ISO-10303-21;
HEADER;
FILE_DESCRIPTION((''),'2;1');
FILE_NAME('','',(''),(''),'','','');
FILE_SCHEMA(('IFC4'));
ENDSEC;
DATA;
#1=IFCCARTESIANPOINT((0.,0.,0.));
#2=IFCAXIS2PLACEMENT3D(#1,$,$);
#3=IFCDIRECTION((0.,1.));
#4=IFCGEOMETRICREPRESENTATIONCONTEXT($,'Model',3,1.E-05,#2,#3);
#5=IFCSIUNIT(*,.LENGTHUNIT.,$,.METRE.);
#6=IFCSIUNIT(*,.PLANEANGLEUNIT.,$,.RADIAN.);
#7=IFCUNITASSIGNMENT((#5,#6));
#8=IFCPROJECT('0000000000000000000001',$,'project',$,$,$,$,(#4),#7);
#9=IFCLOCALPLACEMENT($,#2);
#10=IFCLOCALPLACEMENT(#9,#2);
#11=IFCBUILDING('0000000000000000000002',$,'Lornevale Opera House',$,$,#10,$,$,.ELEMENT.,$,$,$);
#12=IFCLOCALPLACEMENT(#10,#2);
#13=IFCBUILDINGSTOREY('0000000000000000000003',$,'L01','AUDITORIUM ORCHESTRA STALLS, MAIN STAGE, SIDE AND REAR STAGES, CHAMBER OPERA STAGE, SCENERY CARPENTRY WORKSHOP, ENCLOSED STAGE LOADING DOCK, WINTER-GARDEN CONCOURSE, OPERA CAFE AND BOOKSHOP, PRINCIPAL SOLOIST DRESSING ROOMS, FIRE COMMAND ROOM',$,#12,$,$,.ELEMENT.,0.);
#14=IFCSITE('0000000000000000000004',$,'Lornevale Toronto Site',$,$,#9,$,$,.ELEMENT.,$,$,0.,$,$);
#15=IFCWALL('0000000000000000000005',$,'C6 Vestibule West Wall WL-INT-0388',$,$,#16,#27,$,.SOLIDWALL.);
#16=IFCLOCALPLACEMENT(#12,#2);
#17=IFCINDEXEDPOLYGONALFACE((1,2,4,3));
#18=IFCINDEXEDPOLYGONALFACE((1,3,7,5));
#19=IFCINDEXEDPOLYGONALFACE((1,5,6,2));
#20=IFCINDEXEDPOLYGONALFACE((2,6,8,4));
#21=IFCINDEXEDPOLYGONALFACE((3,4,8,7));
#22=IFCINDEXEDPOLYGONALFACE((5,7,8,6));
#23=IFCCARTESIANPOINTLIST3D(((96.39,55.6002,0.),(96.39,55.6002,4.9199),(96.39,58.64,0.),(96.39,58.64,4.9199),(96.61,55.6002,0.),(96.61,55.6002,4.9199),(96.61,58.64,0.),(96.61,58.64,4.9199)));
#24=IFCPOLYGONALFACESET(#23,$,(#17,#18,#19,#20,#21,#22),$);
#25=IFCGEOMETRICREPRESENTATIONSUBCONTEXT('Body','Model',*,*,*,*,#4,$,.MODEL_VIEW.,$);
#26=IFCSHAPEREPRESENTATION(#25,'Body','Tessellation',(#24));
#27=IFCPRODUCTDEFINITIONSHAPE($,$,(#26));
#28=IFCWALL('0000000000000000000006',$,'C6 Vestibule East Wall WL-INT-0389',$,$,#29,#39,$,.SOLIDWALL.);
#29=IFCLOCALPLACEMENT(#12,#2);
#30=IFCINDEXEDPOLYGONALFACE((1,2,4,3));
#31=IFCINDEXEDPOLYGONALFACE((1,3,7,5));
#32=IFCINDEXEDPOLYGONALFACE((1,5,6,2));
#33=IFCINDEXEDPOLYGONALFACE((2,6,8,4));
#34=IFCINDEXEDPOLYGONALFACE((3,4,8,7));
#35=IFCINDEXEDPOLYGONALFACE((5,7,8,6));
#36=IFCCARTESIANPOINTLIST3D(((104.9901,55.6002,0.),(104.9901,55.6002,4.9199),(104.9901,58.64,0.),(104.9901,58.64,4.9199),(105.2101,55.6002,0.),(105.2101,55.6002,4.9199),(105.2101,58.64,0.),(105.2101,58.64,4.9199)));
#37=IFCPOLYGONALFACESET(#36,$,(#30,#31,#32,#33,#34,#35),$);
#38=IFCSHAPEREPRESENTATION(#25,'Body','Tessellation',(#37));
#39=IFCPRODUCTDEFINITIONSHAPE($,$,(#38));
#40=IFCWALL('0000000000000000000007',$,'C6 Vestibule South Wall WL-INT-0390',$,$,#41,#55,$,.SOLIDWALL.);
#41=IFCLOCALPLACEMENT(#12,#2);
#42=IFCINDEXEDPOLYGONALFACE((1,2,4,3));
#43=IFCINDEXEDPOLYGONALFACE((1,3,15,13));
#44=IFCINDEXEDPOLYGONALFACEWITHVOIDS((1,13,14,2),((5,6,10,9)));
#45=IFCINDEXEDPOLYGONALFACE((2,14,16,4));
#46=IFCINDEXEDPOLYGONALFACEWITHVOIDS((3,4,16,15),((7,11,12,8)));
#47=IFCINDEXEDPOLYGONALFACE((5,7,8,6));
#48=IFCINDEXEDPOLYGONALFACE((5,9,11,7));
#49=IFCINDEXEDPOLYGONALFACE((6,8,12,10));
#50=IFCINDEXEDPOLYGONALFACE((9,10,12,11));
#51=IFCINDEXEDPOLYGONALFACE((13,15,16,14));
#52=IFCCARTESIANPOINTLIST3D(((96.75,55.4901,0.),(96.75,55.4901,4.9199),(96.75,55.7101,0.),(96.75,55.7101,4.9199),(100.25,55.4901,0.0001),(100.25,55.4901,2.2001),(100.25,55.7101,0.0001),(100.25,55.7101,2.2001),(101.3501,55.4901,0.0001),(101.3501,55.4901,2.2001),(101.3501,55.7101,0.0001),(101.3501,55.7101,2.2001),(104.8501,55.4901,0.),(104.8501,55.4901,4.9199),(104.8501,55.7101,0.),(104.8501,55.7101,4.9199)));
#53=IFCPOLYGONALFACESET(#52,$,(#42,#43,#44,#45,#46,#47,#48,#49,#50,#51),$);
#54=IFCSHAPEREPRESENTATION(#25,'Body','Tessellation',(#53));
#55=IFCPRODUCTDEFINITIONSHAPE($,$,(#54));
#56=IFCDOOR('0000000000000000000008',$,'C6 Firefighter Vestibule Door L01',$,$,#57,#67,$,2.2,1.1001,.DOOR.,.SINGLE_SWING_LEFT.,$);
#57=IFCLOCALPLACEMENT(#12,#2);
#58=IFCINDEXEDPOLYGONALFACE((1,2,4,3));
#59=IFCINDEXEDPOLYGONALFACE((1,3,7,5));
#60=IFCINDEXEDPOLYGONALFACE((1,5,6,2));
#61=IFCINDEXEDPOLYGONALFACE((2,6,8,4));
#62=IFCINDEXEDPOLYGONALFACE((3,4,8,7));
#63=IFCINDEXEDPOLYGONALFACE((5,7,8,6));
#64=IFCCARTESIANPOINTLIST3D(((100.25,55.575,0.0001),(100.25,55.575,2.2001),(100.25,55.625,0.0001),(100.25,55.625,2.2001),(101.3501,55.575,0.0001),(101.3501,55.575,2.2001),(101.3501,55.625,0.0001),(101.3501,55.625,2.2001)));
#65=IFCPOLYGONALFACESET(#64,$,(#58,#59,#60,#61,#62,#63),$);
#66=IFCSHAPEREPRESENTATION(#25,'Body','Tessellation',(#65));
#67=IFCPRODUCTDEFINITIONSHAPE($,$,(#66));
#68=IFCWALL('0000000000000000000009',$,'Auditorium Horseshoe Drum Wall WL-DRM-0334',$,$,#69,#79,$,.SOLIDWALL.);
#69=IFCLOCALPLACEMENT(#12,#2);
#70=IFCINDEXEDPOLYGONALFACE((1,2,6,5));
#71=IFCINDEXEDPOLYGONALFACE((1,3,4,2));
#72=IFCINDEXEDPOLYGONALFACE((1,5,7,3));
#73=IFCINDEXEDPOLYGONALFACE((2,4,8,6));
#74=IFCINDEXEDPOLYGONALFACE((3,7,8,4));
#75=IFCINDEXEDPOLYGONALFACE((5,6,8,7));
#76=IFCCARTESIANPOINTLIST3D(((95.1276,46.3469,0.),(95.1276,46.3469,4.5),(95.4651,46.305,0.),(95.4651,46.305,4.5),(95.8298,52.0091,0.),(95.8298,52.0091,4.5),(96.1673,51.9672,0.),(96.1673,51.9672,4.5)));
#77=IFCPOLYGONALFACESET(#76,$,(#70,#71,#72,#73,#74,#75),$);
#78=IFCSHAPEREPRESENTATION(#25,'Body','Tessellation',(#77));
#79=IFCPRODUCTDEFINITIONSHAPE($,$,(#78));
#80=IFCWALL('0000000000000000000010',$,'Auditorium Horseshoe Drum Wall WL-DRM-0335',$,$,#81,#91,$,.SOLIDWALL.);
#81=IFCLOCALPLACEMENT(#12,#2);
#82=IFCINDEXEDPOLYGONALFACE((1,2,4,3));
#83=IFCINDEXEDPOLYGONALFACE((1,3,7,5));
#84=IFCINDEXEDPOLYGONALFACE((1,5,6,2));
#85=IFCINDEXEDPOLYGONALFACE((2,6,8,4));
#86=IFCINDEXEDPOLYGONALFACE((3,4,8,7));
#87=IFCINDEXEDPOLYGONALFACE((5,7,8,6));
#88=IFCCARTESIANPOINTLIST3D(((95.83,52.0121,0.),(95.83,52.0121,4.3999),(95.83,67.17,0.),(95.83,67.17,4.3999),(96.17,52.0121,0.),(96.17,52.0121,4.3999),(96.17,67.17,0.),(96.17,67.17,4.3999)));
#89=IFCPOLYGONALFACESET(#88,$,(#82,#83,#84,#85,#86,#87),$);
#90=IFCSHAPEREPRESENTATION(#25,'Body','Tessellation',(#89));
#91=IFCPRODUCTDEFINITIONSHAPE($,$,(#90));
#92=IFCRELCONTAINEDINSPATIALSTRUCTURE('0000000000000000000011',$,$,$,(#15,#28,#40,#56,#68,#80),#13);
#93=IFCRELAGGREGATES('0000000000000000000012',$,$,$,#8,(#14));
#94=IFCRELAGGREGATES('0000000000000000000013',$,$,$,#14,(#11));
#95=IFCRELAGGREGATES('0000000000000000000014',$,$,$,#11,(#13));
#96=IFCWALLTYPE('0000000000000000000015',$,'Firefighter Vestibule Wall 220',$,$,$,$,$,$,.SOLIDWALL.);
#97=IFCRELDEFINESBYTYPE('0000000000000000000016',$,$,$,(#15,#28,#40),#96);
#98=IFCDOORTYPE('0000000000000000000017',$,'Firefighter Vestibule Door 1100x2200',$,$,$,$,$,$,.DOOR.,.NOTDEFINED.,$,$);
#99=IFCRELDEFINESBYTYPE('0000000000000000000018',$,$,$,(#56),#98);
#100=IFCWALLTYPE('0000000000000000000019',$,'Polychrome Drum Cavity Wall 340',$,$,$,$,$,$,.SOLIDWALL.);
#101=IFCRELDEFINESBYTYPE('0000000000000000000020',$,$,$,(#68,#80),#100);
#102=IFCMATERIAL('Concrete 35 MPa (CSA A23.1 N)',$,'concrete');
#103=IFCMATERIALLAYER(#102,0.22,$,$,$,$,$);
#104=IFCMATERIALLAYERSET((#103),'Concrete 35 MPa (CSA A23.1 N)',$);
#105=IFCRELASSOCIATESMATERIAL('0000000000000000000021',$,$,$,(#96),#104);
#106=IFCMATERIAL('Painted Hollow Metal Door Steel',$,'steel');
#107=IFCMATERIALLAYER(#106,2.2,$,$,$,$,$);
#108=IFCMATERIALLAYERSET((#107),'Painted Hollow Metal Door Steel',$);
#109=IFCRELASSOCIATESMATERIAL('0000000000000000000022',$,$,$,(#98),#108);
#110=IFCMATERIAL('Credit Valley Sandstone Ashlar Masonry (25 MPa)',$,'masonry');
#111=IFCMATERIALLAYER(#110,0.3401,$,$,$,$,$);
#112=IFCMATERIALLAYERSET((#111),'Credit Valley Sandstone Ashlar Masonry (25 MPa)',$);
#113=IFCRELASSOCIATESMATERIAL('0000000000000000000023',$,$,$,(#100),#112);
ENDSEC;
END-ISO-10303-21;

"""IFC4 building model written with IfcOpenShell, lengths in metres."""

from ifc_helpers import new_model, si_unit, direction, frame, frame_2d, origin, place, context, subcontext, project, spatial, rectangle, extrude, material, layer, layer_set, type_object, element, fill, save


model = new_model("IFC4")

# Units and contexts
model_context = context("Model", 3, precision=1e-05, world=origin(), true_north=direction((0.0, 1.0)))
body_context = subcontext(model_context, "Body", "Model", "MODEL_VIEW")
ifc_project = project(units=[si_unit("LENGTHUNIT", "METRE"), si_unit("PLANEANGLEUNIT", "RADIAN")], contexts=[model_context])

# Site, building, storey
site_placement = place(None, origin())
site = spatial("IfcSite", under=ifc_project, at=site_placement, Name="Lornevale Toronto Site", CompositionType="ELEMENT", RefElevation=0.0)
building_placement = place(site_placement, origin())
building = spatial("IfcBuilding", under=site, at=building_placement, Name="Lornevale Opera House", CompositionType="ELEMENT")
storey_placement = place(building_placement, origin())
storey = spatial("IfcBuildingStorey", under=building, at=storey_placement, Name="L01", Description="AUDITORIUM ORCHESTRA STALLS, MAIN STAGE, SIDE AND REAR STAGES, CHAMBER OPERA STAGE, SCENERY CARPENTRY WORKSHOP, ENCLOSED STAGE LOADING DOCK, WINTER-GARDEN CONCOURSE, OPERA CAFE AND BOOKSHOP, PRINCIPAL SOLOIST DRESSING ROOMS, FIRE COMMAND ROOM", CompositionType="ELEMENT", Elevation=0.0)

# Shared definitions
ifc_material_1 = material(Name="Concrete 35 MPa (CSA A23.1 N)", Category="concrete")

# Walls
ifc_layer_1 = layer(ifc_material_1, 0.22)
ifc_layer_set_1 = layer_set([ifc_layer_1], Name="Concrete 35 MPa (CSA A23.1 N)")
wall_type_1 = type_object("IfcWallType", Name="Firefighter Vestibule Wall 220", PredefinedType="SOLIDWALL", material=ifc_layer_set_1)
for number, where, z_axis, x_axis, name in (
    (1, (96.5, 55.6001, 0.0), (0.0, 0.0, 1.0), (0.0, 1.0, 0.0), "C6 Vestibule West Wall WL-INT-0388"),
    (2, (105.1001, 55.6001, 0.0), (0.0, 0.0, 1.0), (0.0, 1.0, 0.0), "C6 Vestibule East Wall WL-INT-0389"),
):
    element("IfcWall", number, at=place(storey_placement, frame(where, z_axis=z_axis, x_axis=x_axis)), inside=storey, type_object=wall_type_1, Name=name, PredefinedType="SOLIDWALL", context=body_context, shape_type="SweptSolid", body=[
        extrude(rectangle(XDim=3.0398, YDim=0.22, at=frame_2d((1.52, 0.0))), origin(), (0.0, 0.0, 1.0), 4.9199),
    ])

# Wall, opening, door
wall_1_placement = place(storey_placement, frame((96.75, 55.6001, 0.0), z_axis=(0.0, 0.0, 1.0), x_axis=(1.0, 0.0, 0.0)))
wall_1 = element("IfcWall", 3, at=wall_1_placement, inside=storey, type_object=wall_type_1, Name="C6 Vestibule South Wall WL-INT-0390", PredefinedType="SOLIDWALL", context=body_context, shape_type="SweptSolid", body=[
    extrude(rectangle(XDim=8.1001, YDim=0.22, at=frame_2d((4.05, 0.0))), origin(), (0.0, 0.0, 1.0), 4.9199),
])
opening_1_placement = place(wall_1_placement, frame((3.5, 0.0, 0.0)))
opening_1 = element("IfcOpeningElement", 4, at=opening_1_placement, cuts=wall_1, PredefinedType="OPENING", context=body_context, shape_type="SweptSolid", body=[
    extrude(rectangle(XDim=1.1001, YDim=2.2, at=frame_2d((0.55, 1.1001))), frame((0.0, 0.1199, 0.0), z_axis=(0.0, -1.0, 0.0), x_axis=(1.0, 0.0, 0.0)), (0.0, 0.0, 1.0), 0.24),
])
ifc_material_2 = material(Name="Painted Hollow Metal Door Steel", Category="steel")
ifc_layer_2 = layer(ifc_material_2, 2.2)
ifc_layer_set_2 = layer_set([ifc_layer_2], Name="Painted Hollow Metal Door Steel")
door_type_1 = type_object("IfcDoorType", Name="Firefighter Vestibule Door 1100x2200", OperationType="NOTDEFINED", PredefinedType="DOOR", material=ifc_layer_set_2)
door_1_placement = place(opening_1_placement, origin())
door_1 = element("IfcDoor", 5, at=door_1_placement, inside=storey, type_object=door_type_1, Name="C6 Firefighter Vestibule Door L01", OperationType="SINGLE_SWING_LEFT", OverallHeight=2.2, OverallWidth=1.1001, PredefinedType="DOOR", context=body_context, shape_type="SweptSolid", body=[
    extrude(rectangle(XDim=1.1001, YDim=2.2, at=frame_2d((0.55, 1.1001))), frame((0.0, 0.0249, 0.0), z_axis=(0.0, -1.0, 0.0), x_axis=(1.0, 0.0, 0.0)), (0.0, 0.0, 1.0), 0.05),
])
fill(opening_1, door_1)

# Walls
ifc_material_3 = material(Name="Credit Valley Sandstone Ashlar Masonry (25 MPa)", Category="masonry")
ifc_layer_3 = layer(ifc_material_3, 0.3401)
ifc_layer_set_3 = layer_set([ifc_layer_3], Name="Credit Valley Sandstone Ashlar Masonry (25 MPa)")
wall_type_2 = type_object("IfcWallType", Name="Polychrome Drum Cavity Wall 340", PredefinedType="SOLIDWALL", material=ifc_layer_set_3)
wall_2_placement = place(storey_placement, frame((95.2964, 46.3259, 0.0), z_axis=(0.0, 0.0, 1.0), x_axis=(0.123066, 0.992399, 0.0)))
element("IfcWall", 6, at=wall_2_placement, inside=storey, type_object=wall_type_2, Name="Auditorium Horseshoe Drum Wall WL-DRM-0334", PredefinedType="SOLIDWALL", context=body_context, shape_type="SweptSolid", body=[
    extrude(rectangle(XDim=5.7056, YDim=0.3401, at=frame_2d((2.8528, 0.0))), origin(), (0.0, 0.0, 1.0), 4.5),
])
wall_3_placement = place(storey_placement, frame((96.0, 52.012, 0.0), z_axis=(0.0, 0.0, 1.0), x_axis=(0.0, 1.0, 0.0)))
element("IfcWall", 7, at=wall_3_placement, inside=storey, type_object=wall_type_2, Name="Auditorium Horseshoe Drum Wall WL-DRM-0335", PredefinedType="SOLIDWALL", context=body_context, shape_type="SweptSolid", body=[
    extrude(rectangle(XDim=15.158, YDim=0.3401, at=frame_2d((7.5791, 0.0))), origin(), (0.0, 0.0, 1.0), 4.3999),
])

save(model, "model.ifc")
